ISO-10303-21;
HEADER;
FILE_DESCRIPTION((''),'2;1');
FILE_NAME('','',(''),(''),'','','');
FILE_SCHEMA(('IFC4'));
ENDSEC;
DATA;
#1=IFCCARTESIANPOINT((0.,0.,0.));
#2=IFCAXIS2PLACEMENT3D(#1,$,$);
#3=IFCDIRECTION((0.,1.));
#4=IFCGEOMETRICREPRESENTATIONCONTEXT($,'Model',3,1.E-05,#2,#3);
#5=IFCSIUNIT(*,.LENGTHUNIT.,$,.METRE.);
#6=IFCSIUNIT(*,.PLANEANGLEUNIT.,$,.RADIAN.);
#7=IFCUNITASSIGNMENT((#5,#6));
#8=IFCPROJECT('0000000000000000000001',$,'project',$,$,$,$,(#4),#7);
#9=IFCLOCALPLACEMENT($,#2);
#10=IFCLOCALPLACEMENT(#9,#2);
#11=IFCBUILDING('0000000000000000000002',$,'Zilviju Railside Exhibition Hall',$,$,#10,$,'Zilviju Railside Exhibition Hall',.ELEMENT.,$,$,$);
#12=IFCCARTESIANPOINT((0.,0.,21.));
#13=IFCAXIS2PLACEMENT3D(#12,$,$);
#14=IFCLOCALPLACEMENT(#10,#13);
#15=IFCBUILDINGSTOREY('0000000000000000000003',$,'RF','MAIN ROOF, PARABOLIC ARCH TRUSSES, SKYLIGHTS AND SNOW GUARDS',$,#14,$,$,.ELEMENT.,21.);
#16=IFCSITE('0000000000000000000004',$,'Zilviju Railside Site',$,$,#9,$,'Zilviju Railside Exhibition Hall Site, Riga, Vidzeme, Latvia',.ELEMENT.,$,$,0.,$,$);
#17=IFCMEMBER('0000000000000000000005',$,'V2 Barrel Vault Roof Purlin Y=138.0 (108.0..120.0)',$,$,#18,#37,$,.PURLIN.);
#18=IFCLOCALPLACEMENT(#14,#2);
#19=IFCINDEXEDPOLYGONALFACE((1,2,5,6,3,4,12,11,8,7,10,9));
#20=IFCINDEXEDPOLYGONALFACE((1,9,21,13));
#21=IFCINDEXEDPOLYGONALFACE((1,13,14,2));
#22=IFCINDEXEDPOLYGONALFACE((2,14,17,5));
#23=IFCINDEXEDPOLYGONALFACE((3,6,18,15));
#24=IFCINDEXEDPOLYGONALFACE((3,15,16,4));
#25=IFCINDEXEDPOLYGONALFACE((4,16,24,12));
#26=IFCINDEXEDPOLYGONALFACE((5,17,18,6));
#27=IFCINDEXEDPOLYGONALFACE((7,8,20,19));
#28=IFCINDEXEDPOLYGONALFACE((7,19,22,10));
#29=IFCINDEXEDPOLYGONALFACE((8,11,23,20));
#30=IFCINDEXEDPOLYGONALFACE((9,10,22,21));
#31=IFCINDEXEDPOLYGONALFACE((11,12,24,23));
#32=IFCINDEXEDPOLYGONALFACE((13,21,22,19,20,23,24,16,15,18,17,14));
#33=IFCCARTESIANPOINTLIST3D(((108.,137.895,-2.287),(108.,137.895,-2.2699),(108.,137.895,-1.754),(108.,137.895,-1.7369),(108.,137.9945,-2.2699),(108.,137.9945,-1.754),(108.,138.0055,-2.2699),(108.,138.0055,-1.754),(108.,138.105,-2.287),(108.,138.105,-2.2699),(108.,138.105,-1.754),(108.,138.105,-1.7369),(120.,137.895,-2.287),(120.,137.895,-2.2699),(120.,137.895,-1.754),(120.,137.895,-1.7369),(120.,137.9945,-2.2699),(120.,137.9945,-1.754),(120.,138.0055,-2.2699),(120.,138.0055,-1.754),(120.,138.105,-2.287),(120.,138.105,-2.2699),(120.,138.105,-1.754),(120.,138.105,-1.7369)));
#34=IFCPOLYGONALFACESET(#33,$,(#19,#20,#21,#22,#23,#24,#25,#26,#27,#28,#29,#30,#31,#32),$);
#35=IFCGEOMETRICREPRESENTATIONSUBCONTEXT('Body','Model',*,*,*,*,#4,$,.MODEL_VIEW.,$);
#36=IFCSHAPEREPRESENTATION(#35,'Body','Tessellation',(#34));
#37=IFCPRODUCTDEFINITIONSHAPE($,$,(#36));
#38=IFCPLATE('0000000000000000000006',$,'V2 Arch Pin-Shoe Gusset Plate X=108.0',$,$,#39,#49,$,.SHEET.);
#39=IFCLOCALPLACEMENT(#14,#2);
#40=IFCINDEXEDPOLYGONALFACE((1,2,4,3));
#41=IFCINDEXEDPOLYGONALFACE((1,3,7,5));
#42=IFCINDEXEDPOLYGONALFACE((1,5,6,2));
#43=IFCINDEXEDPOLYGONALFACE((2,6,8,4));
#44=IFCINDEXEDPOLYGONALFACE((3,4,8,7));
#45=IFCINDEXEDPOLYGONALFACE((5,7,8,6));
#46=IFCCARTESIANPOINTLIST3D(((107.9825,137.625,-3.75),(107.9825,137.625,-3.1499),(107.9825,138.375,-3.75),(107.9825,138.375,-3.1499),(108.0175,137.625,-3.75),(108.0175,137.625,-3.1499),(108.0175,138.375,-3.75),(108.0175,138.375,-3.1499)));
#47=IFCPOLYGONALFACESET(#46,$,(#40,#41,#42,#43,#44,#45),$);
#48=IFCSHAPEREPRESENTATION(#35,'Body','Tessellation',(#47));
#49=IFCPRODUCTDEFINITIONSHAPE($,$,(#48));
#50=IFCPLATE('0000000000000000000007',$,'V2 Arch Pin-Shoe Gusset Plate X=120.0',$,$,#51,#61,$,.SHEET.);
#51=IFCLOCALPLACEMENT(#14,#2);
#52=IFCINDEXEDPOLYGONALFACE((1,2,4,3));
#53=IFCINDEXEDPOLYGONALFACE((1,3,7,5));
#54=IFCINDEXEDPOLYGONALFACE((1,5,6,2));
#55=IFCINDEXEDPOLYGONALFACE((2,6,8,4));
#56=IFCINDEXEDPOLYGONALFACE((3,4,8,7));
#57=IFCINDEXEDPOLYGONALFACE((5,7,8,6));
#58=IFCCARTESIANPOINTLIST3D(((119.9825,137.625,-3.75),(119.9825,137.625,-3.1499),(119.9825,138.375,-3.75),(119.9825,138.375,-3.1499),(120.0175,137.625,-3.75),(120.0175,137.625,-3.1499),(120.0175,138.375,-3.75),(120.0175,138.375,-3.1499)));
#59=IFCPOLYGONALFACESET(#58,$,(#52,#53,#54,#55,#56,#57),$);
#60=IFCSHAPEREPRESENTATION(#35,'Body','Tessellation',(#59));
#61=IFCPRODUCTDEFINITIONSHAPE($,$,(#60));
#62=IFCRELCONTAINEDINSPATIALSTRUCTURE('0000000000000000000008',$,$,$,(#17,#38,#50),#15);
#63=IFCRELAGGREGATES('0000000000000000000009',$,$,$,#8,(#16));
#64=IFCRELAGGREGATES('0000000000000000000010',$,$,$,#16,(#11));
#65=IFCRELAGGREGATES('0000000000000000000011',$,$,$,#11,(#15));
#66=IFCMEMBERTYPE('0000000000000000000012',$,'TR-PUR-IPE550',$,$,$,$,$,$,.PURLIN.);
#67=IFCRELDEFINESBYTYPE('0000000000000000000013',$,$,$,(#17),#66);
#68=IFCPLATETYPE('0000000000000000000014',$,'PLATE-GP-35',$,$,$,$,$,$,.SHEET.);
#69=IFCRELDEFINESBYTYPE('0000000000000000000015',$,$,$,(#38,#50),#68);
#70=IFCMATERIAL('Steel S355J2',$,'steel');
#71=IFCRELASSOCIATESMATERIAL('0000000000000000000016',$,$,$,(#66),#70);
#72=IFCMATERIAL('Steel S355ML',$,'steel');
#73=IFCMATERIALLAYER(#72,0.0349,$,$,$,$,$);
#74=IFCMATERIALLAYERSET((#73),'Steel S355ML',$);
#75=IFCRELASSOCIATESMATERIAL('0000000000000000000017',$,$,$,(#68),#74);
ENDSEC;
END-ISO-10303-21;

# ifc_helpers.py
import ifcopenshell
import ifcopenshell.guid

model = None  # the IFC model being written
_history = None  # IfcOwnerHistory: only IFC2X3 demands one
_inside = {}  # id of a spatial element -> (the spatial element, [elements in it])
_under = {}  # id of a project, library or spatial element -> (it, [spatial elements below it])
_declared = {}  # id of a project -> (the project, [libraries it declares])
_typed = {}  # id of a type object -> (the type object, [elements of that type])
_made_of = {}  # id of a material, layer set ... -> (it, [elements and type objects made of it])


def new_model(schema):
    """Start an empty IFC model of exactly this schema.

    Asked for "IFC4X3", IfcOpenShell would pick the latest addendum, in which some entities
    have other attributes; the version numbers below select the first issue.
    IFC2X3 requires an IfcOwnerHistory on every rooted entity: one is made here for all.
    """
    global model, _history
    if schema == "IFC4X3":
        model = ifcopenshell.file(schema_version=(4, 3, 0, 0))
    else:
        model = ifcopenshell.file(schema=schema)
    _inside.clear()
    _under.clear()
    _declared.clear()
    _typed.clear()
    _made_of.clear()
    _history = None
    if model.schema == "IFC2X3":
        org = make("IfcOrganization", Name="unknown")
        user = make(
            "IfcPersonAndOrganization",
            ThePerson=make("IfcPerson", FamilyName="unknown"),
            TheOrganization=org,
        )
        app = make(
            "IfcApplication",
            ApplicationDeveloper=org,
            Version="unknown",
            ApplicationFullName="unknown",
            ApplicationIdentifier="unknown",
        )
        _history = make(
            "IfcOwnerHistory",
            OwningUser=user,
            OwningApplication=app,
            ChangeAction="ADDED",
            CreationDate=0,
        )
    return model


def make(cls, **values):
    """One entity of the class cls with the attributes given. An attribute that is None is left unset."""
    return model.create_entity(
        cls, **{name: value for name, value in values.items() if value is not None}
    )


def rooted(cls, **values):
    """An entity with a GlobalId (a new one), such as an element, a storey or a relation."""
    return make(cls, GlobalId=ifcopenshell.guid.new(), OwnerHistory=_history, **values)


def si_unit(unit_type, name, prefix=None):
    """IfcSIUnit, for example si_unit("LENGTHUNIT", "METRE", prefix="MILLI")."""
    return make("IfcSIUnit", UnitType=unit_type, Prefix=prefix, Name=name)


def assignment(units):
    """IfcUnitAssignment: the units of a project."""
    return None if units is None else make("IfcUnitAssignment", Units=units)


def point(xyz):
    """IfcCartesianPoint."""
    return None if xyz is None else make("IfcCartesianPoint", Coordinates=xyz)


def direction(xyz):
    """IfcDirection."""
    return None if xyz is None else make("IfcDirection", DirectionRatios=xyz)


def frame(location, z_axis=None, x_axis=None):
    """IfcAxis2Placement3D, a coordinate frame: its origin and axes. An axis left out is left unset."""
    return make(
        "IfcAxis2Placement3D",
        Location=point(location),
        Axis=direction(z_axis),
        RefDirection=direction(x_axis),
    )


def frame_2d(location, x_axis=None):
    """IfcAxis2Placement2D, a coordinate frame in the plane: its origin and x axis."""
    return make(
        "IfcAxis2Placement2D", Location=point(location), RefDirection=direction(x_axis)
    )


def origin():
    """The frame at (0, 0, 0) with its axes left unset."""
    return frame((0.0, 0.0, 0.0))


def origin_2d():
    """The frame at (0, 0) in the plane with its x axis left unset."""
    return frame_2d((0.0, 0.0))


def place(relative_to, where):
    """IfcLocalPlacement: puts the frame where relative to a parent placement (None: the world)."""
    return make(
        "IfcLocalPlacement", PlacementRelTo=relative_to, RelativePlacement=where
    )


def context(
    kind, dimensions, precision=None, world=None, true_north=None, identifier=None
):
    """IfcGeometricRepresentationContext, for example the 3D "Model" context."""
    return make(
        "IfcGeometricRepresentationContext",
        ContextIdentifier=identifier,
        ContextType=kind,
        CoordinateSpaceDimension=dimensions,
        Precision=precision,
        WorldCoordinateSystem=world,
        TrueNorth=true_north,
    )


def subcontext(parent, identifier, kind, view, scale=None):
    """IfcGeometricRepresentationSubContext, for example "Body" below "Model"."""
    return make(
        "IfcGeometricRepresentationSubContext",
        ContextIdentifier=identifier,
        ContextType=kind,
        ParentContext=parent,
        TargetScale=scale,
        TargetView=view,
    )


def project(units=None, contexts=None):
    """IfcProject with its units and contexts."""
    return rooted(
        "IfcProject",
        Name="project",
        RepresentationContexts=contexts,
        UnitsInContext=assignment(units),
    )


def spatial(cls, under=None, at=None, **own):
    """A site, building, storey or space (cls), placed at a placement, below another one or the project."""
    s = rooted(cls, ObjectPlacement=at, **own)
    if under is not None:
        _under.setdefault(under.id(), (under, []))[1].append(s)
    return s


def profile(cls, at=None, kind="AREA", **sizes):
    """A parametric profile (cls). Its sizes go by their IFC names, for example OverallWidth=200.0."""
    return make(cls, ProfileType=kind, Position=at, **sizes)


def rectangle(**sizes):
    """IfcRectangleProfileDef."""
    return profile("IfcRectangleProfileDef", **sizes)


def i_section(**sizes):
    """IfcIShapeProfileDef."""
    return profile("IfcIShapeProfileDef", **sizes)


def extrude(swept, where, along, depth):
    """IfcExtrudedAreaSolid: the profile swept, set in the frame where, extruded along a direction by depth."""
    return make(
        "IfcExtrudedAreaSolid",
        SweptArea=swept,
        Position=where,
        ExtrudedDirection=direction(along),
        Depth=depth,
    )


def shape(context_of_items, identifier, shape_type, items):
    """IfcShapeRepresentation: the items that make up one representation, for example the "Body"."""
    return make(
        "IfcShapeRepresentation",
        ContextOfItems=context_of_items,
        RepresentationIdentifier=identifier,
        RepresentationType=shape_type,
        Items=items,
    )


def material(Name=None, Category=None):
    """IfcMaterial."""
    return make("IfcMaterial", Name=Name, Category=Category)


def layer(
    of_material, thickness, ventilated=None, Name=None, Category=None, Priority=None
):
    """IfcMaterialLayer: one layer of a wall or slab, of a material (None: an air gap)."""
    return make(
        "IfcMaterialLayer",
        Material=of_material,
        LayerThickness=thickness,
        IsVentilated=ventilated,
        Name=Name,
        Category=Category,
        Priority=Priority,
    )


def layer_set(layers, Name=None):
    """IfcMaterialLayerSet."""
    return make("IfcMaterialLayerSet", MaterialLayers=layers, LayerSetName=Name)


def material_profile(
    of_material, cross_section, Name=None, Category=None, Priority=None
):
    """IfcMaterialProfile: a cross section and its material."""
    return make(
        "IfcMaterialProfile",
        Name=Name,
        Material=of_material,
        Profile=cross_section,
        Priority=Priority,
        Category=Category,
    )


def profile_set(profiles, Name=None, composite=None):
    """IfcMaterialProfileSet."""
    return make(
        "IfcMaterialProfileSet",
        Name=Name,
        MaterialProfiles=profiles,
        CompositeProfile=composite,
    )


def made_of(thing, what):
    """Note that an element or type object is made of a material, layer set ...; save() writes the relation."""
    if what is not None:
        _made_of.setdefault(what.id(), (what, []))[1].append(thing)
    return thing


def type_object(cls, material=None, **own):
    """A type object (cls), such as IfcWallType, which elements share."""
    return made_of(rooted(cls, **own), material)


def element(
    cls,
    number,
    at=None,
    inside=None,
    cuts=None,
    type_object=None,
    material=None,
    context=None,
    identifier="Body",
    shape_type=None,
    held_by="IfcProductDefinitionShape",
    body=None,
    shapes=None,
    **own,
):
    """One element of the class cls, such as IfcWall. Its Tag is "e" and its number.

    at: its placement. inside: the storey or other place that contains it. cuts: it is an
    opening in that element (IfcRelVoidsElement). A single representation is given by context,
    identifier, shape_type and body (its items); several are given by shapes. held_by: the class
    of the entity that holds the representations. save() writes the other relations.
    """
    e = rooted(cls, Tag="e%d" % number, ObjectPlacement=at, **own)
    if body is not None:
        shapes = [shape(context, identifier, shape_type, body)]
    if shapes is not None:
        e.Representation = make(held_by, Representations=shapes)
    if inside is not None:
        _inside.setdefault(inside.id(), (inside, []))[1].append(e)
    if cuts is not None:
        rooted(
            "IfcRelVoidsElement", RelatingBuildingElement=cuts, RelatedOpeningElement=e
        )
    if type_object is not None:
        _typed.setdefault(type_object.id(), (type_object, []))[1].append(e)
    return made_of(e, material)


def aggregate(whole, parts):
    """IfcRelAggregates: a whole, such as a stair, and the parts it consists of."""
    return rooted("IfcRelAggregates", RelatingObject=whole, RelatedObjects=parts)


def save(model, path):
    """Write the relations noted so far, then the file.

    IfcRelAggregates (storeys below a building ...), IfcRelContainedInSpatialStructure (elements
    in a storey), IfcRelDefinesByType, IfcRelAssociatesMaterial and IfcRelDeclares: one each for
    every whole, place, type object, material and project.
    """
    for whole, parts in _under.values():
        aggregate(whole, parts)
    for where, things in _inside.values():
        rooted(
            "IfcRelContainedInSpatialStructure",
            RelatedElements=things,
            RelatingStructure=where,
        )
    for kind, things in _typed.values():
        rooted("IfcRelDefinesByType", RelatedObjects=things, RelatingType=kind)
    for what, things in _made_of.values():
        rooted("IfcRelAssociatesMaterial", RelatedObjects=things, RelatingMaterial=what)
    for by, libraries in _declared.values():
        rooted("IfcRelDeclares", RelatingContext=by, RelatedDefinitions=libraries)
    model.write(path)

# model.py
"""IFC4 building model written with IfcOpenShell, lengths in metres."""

from ifc_helpers import new_model, si_unit, direction, frame, origin, origin_2d, place, context, subcontext, project, spatial, rectangle, i_section, extrude, material, layer, layer_set, material_profile, profile_set, type_object, element, save


model = new_model("IFC4")

# Units and contexts
model_context = context("Model", 3, precision=1e-05, world=origin(), true_north=direction((0.0, 1.0)))
body_context = subcontext(model_context, "Body", "Model", "MODEL_VIEW")
ifc_project = project(units=[si_unit("LENGTHUNIT", "METRE"), si_unit("PLANEANGLEUNIT", "RADIAN")], contexts=[model_context])

# Site, building, storey
site_placement = place(None, origin())
site = spatial("IfcSite", under=ifc_project, at=site_placement, Name="Zilviju Railside Site", LongName="Zilviju Railside Exhibition Hall Site, Riga, Vidzeme, Latvia", CompositionType="ELEMENT", RefElevation=0.0)
building_placement = place(site_placement, origin())
building = spatial("IfcBuilding", under=site, at=building_placement, Name="Zilviju Railside Exhibition Hall", LongName="Zilviju Railside Exhibition Hall", CompositionType="ELEMENT")
storey_placement = place(building_placement, frame((0.0, 0.0, 21.0)))
storey = spatial("IfcBuildingStorey", under=building, at=storey_placement, Name="RF", Description="MAIN ROOF, PARABOLIC ARCH TRUSSES, SKYLIGHTS AND SNOW GUARDS", CompositionType="ELEMENT", Elevation=21.0)

# Shared definitions
ifc_material_1 = material(Name="Steel S355J2", Category="steel")

# Member
ifc_material_profile_1 = material_profile(ifc_material_1, i_section(OverallWidth=0.21, OverallDepth=0.55, WebThickness=0.011, FlangeThickness=0.0171, at=origin_2d()), Name="IPE 550")
ifc_profile_set_1 = profile_set([ifc_material_profile_1], Name="Steel S355J2")
member_type_1 = type_object("IfcMemberType", Name="TR-PUR-IPE550", PredefinedType="PURLIN", material=ifc_profile_set_1)
for number, where, z_axis, x_axis, name in (
    (1, (108.0, 138.0, -2.012), (1.0, 0.0, 0.0), (0.0, 1.0, 0.0), "V2 Barrel Vault Roof Purlin Y=138.0 (108.0..120.0)"),
):
    element("IfcMember", number, at=place(storey_placement, frame(where, z_axis=z_axis, x_axis=x_axis)), inside=storey, type_object=member_type_1, Name=name, PredefinedType="PURLIN", context=body_context, shape_type="SweptSolid", body=[
        extrude(i_section(OverallWidth=0.21, OverallDepth=0.55, WebThickness=0.011, FlangeThickness=0.0171, at=origin_2d()), origin(), (0.0, 0.0, 1.0), 12.0),
    ])

# Plates
ifc_material_2 = material(Name="Steel S355ML", Category="steel")
ifc_layer = layer(ifc_material_2, 0.0349)
ifc_layer_set = layer_set([ifc_layer], Name="Steel S355ML")
plate_type = type_object("IfcPlateType", Name="PLATE-GP-35", PredefinedType="SHEET", material=ifc_layer_set)
for number, where, z_axis, x_axis, name in (
    (2, (108.0, 138.0, -3.75), (0.0, 0.0, 1.0), (1.0, 0.0, 0.0), "V2 Arch Pin-Shoe Gusset Plate X=108.0"),
    (3, (120.0, 138.0, -3.75), (0.0, 0.0, 1.0), (1.0, 0.0, 0.0), "V2 Arch Pin-Shoe Gusset Plate X=120.0"),
):
    element("IfcPlate", number, at=place(storey_placement, frame(where, z_axis=z_axis, x_axis=x_axis)), inside=storey, type_object=plate_type, Name=name, PredefinedType="SHEET", context=body_context, shape_type="SweptSolid", body=[
        extrude(rectangle(XDim=0.0349, YDim=0.75, at=origin_2d()), origin(), (0.0, 0.0, 1.0), 0.6001),
    ])

save(model, "model.ifc")
